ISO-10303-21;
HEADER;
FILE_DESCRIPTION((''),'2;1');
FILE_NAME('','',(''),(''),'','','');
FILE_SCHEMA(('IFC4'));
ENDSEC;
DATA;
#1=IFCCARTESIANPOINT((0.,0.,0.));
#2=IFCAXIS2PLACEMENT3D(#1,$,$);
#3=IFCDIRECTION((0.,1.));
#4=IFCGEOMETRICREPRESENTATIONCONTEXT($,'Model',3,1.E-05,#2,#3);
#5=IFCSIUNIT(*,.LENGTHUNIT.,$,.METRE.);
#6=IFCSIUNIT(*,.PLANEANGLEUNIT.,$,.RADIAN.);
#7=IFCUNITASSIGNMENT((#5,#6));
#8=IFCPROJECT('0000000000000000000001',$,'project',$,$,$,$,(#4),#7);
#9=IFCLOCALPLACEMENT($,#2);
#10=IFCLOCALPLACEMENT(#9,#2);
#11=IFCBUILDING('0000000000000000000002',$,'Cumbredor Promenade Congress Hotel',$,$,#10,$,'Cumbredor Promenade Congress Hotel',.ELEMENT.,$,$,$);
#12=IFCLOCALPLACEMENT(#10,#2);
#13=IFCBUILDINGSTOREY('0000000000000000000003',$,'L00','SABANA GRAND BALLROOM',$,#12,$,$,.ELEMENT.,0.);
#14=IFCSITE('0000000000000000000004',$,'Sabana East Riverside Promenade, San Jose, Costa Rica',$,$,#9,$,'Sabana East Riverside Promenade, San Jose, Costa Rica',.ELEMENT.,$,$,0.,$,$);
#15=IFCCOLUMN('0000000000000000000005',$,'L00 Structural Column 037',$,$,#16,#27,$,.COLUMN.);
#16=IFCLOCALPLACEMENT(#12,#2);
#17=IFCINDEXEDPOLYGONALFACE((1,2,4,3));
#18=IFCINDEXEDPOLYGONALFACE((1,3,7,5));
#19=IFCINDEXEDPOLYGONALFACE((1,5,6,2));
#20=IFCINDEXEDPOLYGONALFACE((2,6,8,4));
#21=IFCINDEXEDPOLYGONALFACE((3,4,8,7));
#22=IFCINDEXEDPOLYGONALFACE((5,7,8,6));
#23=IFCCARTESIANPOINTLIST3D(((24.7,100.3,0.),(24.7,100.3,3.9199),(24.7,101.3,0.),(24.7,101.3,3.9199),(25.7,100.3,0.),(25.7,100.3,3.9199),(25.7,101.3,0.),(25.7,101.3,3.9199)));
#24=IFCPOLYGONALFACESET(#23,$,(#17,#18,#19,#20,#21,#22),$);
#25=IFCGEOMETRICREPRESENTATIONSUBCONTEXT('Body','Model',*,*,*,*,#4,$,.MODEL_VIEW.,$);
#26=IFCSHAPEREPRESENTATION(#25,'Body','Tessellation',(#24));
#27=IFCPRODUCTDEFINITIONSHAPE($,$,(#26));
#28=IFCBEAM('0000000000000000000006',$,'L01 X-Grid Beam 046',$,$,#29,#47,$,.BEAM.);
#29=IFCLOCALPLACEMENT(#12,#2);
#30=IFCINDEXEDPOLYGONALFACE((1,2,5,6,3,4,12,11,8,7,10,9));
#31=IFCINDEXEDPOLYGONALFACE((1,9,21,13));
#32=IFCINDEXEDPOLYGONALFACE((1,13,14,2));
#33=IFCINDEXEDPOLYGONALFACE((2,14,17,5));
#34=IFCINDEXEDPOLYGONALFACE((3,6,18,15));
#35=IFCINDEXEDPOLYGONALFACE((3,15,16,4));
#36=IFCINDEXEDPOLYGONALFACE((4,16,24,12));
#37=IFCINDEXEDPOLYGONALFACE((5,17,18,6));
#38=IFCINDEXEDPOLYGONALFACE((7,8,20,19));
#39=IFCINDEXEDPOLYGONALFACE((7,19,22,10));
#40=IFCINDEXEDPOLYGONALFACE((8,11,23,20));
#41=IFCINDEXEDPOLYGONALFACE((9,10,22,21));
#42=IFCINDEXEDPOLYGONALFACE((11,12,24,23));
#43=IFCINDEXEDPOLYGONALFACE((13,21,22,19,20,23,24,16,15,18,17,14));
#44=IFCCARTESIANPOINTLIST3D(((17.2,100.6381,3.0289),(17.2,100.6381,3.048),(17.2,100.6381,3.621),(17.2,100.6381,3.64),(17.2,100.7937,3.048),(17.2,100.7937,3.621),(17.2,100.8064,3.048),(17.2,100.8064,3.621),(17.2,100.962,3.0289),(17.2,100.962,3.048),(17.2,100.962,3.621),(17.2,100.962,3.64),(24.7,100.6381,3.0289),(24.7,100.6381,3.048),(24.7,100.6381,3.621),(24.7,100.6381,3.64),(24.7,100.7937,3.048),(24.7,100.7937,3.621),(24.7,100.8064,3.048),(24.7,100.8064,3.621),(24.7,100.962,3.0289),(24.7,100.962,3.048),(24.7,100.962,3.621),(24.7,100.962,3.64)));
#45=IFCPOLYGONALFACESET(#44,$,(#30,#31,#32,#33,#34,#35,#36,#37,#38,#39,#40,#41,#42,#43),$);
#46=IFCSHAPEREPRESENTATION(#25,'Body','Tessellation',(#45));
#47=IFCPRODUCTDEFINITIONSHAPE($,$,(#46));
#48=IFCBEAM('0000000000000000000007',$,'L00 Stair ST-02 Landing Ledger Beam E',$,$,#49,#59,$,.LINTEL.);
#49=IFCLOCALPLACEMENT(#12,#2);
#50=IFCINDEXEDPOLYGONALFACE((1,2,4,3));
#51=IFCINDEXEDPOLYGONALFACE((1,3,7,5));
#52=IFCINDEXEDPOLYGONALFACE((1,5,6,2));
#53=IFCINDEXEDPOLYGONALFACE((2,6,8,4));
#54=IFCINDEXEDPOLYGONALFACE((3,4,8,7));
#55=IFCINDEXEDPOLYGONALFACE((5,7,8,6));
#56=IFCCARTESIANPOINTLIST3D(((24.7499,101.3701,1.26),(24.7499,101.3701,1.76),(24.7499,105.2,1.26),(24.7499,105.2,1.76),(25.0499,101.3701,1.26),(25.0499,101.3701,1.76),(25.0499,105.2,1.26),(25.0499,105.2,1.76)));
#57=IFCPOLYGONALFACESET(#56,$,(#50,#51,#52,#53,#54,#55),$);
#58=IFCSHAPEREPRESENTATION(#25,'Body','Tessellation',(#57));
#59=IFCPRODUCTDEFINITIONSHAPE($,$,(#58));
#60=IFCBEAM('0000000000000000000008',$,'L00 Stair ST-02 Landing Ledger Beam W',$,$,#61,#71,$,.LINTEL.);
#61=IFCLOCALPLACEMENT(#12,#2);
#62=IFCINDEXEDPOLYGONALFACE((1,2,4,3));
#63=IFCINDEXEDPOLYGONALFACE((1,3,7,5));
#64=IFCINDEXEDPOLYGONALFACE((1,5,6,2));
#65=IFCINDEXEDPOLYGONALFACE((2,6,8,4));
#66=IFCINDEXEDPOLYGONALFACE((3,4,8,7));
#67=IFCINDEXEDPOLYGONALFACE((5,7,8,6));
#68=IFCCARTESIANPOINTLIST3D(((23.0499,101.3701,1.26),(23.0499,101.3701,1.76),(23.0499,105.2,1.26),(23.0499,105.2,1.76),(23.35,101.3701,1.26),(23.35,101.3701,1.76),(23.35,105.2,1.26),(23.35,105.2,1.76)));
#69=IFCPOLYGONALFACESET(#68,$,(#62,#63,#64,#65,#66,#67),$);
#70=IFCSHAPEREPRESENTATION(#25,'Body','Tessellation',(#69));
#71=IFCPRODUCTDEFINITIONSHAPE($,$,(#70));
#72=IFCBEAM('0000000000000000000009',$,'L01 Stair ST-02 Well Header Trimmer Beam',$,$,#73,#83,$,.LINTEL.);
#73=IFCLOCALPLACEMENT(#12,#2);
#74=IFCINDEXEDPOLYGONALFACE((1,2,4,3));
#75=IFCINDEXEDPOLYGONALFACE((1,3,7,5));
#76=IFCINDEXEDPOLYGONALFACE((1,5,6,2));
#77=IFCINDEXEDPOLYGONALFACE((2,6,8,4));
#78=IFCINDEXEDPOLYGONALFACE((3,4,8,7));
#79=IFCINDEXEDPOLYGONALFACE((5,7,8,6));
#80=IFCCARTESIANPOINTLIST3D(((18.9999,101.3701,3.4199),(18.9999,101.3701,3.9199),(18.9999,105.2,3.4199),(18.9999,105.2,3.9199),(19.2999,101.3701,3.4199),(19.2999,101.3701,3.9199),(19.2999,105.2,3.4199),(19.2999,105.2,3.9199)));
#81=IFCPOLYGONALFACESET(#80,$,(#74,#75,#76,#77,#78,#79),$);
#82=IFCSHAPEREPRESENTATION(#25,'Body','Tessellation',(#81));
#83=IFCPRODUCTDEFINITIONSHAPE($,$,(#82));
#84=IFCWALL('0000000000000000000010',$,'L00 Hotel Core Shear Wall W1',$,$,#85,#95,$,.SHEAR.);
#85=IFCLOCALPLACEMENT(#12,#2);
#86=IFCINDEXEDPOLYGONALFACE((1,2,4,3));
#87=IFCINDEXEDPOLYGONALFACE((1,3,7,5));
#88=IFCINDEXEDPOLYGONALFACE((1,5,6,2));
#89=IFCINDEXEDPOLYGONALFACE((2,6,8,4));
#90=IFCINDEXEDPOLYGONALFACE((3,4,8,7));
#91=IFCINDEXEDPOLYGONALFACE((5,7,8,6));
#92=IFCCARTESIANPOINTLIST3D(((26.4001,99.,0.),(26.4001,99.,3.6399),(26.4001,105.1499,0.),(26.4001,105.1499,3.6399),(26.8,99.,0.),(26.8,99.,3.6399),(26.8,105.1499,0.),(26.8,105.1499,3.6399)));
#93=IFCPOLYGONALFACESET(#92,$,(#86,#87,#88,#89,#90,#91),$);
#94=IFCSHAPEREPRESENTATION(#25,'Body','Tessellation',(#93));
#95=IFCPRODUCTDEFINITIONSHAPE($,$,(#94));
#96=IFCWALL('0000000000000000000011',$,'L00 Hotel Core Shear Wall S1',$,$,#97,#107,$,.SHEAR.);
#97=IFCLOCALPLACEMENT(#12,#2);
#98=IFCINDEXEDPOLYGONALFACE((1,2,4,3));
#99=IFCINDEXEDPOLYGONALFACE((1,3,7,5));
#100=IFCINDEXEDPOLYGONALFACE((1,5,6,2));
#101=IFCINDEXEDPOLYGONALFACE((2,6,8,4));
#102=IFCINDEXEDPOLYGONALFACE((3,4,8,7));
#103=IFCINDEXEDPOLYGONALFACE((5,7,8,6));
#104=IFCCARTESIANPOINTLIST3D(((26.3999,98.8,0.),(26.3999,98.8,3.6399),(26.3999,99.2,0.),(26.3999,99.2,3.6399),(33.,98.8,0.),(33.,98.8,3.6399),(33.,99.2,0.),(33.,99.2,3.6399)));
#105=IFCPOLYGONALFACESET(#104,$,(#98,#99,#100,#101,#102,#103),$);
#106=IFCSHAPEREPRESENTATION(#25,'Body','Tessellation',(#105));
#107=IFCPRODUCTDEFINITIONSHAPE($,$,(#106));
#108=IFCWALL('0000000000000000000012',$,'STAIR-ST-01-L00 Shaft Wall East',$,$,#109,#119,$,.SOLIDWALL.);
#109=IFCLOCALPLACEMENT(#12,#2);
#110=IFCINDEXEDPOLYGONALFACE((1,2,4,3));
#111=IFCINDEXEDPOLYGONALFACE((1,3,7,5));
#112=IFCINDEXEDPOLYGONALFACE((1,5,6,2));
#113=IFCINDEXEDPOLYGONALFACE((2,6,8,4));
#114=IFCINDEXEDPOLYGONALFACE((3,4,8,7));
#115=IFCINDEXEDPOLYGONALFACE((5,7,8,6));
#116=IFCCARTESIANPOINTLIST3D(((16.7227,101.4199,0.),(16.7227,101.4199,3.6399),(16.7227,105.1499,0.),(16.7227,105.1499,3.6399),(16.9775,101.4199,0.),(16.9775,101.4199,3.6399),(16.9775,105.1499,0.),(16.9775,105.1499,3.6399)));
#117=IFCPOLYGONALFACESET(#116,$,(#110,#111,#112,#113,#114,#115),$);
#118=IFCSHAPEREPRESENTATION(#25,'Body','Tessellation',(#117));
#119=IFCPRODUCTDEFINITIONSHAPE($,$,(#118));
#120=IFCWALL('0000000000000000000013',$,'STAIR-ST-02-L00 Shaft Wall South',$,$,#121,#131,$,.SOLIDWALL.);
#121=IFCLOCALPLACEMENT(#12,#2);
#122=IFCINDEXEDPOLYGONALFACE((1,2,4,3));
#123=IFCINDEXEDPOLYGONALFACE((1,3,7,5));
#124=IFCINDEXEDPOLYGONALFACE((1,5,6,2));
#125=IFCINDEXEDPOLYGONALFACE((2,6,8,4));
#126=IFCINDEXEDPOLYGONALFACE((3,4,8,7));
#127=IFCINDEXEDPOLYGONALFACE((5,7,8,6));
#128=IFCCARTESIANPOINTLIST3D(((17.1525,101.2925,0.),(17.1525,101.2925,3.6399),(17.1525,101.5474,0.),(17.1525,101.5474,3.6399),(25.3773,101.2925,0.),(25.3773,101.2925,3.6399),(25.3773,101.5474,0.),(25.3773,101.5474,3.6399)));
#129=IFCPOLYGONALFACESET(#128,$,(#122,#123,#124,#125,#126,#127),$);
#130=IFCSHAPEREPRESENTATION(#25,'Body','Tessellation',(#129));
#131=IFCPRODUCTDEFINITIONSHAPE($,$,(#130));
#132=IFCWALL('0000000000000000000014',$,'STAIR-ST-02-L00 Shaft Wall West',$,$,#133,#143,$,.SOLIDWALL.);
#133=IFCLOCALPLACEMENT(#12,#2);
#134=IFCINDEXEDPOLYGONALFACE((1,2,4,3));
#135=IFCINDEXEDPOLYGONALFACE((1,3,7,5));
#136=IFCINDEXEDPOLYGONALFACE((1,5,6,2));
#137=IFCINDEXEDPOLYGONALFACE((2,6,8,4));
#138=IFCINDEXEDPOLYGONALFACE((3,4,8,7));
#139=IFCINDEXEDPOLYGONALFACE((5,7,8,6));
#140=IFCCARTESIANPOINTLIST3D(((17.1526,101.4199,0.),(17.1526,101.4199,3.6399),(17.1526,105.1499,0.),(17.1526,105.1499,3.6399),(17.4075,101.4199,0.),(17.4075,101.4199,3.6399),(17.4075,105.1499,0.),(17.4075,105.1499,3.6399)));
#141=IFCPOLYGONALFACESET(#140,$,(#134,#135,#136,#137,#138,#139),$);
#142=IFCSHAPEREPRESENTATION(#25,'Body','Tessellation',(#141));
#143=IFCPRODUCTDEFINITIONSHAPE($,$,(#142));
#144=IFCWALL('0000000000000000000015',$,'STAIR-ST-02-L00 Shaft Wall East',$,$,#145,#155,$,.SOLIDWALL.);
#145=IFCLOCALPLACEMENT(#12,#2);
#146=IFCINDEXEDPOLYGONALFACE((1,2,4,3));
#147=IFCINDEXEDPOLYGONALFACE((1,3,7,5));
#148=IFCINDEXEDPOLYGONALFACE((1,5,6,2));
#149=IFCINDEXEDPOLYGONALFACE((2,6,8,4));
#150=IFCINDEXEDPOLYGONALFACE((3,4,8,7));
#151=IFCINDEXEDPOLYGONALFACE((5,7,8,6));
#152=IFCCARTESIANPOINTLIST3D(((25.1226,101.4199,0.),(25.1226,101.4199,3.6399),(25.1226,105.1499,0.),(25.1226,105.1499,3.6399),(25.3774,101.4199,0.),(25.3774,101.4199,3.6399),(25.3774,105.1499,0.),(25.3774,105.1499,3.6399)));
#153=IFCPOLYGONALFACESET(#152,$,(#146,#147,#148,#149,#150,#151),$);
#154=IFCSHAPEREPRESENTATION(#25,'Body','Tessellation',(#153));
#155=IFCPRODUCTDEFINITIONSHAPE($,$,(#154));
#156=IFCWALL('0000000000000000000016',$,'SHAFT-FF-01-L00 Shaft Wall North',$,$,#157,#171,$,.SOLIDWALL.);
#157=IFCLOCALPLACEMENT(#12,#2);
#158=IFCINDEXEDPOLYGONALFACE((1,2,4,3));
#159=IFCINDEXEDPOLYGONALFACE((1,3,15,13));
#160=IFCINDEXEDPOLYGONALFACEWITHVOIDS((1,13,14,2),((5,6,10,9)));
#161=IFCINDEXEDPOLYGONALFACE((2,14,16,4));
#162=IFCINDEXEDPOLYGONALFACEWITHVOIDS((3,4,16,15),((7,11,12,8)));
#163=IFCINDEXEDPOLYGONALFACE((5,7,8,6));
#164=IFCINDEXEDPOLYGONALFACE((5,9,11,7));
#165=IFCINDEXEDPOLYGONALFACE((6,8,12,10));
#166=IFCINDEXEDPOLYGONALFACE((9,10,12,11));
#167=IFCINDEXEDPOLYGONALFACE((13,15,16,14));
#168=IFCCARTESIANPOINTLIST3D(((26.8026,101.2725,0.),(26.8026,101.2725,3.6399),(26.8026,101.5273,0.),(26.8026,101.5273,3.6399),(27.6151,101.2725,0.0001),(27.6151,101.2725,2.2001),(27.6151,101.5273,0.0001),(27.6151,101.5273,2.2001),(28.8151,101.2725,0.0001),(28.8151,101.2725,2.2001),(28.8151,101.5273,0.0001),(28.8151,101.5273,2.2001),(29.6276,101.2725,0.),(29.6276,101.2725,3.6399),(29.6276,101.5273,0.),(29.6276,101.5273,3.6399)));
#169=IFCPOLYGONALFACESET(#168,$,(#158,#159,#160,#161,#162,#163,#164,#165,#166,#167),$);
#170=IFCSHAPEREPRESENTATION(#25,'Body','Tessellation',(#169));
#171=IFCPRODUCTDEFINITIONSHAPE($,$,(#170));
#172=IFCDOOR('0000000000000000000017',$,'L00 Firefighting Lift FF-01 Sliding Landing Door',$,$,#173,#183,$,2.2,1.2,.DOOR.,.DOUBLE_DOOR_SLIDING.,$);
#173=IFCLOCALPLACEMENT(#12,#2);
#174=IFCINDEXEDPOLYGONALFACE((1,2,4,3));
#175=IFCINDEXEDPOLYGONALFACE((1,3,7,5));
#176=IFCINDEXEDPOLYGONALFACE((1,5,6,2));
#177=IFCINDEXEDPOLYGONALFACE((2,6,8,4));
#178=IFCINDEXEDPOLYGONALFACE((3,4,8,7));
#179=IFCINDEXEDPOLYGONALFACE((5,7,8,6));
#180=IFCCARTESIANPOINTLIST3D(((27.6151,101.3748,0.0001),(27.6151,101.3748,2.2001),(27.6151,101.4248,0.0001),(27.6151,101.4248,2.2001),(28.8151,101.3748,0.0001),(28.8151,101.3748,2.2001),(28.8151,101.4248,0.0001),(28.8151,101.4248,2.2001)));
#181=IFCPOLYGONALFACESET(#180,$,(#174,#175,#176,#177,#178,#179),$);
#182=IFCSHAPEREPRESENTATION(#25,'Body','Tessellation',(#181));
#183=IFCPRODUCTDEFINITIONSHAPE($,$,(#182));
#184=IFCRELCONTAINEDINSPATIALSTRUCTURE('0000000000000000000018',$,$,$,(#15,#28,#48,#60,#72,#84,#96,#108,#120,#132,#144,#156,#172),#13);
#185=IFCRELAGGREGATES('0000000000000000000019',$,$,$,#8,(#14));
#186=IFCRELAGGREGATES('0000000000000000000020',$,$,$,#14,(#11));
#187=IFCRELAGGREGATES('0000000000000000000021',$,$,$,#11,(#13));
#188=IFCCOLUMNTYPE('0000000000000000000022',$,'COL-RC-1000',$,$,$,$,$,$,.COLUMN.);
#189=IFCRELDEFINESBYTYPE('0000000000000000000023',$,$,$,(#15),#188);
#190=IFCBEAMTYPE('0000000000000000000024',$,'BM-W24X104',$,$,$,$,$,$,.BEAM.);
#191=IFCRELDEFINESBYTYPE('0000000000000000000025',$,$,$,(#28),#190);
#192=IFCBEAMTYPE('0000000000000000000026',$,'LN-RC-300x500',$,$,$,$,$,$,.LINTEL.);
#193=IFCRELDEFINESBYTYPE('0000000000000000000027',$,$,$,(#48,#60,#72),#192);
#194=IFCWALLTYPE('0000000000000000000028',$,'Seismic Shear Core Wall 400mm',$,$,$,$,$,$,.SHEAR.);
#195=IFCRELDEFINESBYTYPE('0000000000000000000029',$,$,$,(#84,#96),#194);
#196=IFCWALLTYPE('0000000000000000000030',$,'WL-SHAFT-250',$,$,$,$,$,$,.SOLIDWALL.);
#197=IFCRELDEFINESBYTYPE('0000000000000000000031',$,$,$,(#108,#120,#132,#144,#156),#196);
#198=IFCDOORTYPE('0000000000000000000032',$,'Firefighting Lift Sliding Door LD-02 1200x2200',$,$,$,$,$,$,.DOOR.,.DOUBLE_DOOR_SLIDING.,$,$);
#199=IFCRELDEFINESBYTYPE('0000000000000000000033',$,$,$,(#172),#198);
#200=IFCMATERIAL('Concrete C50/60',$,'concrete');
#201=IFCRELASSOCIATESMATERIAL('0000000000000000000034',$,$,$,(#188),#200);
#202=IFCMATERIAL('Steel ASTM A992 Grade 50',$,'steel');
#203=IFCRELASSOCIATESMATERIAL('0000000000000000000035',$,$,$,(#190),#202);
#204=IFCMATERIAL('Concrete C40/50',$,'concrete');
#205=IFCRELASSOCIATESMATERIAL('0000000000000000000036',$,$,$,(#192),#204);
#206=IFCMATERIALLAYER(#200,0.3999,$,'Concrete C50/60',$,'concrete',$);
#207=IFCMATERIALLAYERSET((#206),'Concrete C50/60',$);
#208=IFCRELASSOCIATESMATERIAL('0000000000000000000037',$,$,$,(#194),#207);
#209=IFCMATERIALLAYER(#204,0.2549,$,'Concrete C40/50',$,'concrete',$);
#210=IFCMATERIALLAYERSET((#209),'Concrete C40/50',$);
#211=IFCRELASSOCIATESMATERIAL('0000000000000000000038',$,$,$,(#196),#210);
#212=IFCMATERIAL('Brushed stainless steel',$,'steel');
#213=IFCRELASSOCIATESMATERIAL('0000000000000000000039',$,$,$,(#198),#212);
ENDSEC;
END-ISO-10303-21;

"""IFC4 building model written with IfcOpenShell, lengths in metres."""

from ifc_helpers import new_model, si_unit, direction, frame, frame_2d, origin, origin_2d, place, context, subcontext, project, spatial, rectangle, i_section, extrude, material, layer, layer_set, material_profile, profile_set, type_object, element, fill, save


model = new_model("IFC4")

# Units and contexts
model_context = context("Model", 3, precision=1e-05, world=origin(), true_north=direction((0.0, 1.0)))
body_context = subcontext(model_context, "Body", "Model", "MODEL_VIEW")
ifc_project = project(units=[si_unit("LENGTHUNIT", "METRE"), si_unit("PLANEANGLEUNIT", "RADIAN")], contexts=[model_context])

# Site, building, storey
site_placement = place(None, origin())
site = spatial("IfcSite", under=ifc_project, at=site_placement, Name="Sabana East Riverside Promenade, San Jose, Costa Rica", LongName="Sabana East Riverside Promenade, San Jose, Costa Rica", CompositionType="ELEMENT", RefElevation=0.0)
building_placement = place(site_placement, origin())
building = spatial("IfcBuilding", under=site, at=building_placement, Name="Cumbredor Promenade Congress Hotel", LongName="Cumbredor Promenade Congress Hotel", CompositionType="ELEMENT")
storey_placement = place(building_placement, origin())
storey = spatial("IfcBuildingStorey", under=building, at=storey_placement, Name="L00", Description="SABANA GRAND BALLROOM", CompositionType="ELEMENT", Elevation=0.0)

# Column
ifc_material_1 = material(Name="Concrete C50/60", Category="concrete")
ifc_material_profile_1 = material_profile(ifc_material_1, rectangle(XDim=1.0, YDim=1.0, at=origin_2d()), Name="RC 1000x1000")
ifc_profile_set_1 = profile_set([ifc_material_profile_1], Name="Concrete C50/60")
column_type = type_object("IfcColumnType", Name="COL-RC-1000", PredefinedType="COLUMN", material=ifc_profile_set_1)
column_placement = place(storey_placement, frame((25.2, 100.8, 0.0), z_axis=(0.0, 0.0, 1.0), x_axis=(1.0, 0.0, 0.0)))
element("IfcColumn", 1, at=column_placement, inside=storey, type_object=column_type, Name="L00 Structural Column 037", PredefinedType="COLUMN", context=body_context, shape_type="SweptSolid", body=[
    extrude(rectangle(XDim=1.0, YDim=1.0, at=origin_2d()), origin(), (0.0, 0.0, 1.0), 3.9199),
])

# Beams
ifc_material_2 = material(Name="Steel ASTM A992 Grade 50", Category="steel")
ifc_material_profile_2 = material_profile(ifc_material_2, i_section(OverallWidth=0.324, OverallDepth=0.6111, WebThickness=0.0127, FlangeThickness=0.019, at=origin_2d()), Name="W24X104")
ifc_profile_set_2 = profile_set([ifc_material_profile_2], Name="Steel ASTM A992 Grade 50")
beam_type_1 = type_object("IfcBeamType", Name="BM-W24X104", PredefinedType="BEAM", material=ifc_profile_set_2)
beam_placement = place(storey_placement, frame((17.2, 100.8, 3.3345), z_axis=(1.0, 0.0, 0.0), x_axis=(0.0, 1.0, 0.0)))
element("IfcBeam", 2, at=beam_placement, inside=storey, type_object=beam_type_1, Name="L01 X-Grid Beam 046", PredefinedType="BEAM", context=body_context, shape_type="SweptSolid", body=[
    extrude(i_section(OverallWidth=0.324, OverallDepth=0.6111, WebThickness=0.0127, FlangeThickness=0.019, at=origin_2d()), origin(), (0.0, 0.0, 1.0), 7.5),
])
ifc_material_3 = material(Name="Concrete C40/50", Category="concrete")
ifc_material_profile_3 = material_profile(ifc_material_3, rectangle(XDim=0.3, YDim=0.5, at=origin_2d()), Name="RC LINTEL 300x500")
ifc_profile_set_3 = profile_set([ifc_material_profile_3], Name="Concrete C40/50")
beam_type_2 = type_object("IfcBeamType", Name="LN-RC-300x500", PredefinedType="LINTEL", material=ifc_profile_set_3)
for number, where, z_axis, x_axis, name in (
    (3, (24.8999, 101.3701, 1.51), (0.0, 1.0, 0.0), (-1.0, 0.0, 0.0), "L00 Stair ST-02 Landing Ledger Beam E"),
    (4, (23.2, 101.3701, 1.51), (0.0, 1.0, 0.0), (-1.0, 0.0, 0.0), "L00 Stair ST-02 Landing Ledger Beam W"),
    (5, (19.1499, 101.3701, 3.6699), (0.0, 1.0, 0.0), (-1.0, 0.0, 0.0), "L01 Stair ST-02 Well Header Trimmer Beam"),
):
    element("IfcBeam", number, at=place(storey_placement, frame(where, z_axis=z_axis, x_axis=x_axis)), inside=storey, type_object=beam_type_2, Name=name, PredefinedType="LINTEL", context=body_context, shape_type="SweptSolid", body=[
        extrude(rectangle(XDim=0.3, YDim=0.5, at=origin_2d()), origin(), (0.0, 0.0, 1.0), 3.8298),
    ])

# Walls
ifc_layer_1 = layer(ifc_material_1, 0.3999, Name="Concrete C50/60", Category="concrete")
ifc_layer_set_1 = layer_set([ifc_layer_1], Name="Concrete C50/60")
wall_type_1 = type_object("IfcWallType", Name="Seismic Shear Core Wall 400mm", PredefinedType="SHEAR", material=ifc_layer_set_1)
wall_1_placement = place(storey_placement, frame((26.6001, 99.0, 0.0), z_axis=(0.0, 0.0, 1.0), x_axis=(0.0, 1.0, 0.0)))
element("IfcWall", 6, at=wall_1_placement, inside=storey, type_object=wall_type_1, Name="L00 Hotel Core Shear Wall W1", PredefinedType="SHEAR", context=body_context, shape_type="SweptSolid", body=[
    extrude(rectangle(XDim=6.1499, YDim=0.3999, at=frame_2d((3.075, 0.0))), origin(), (0.0, 0.0, 1.0), 3.6399),
])
wall_2_placement = place(storey_placement, frame((26.3999, 99.0, 0.0), z_axis=(0.0, 0.0, 1.0), x_axis=(1.0, 0.0, 0.0)))
element("IfcWall", 7, at=wall_2_placement, inside=storey, type_object=wall_type_1, Name="L00 Hotel Core Shear Wall S1", PredefinedType="SHEAR", context=body_context, shape_type="SweptSolid", body=[
    extrude(rectangle(XDim=6.6001, YDim=0.3999, at=frame_2d((3.3, 0.0))), origin(), (0.0, 0.0, 1.0), 3.6399),
])
ifc_layer_2 = layer(ifc_material_3, 0.2549, Name="Concrete C40/50", Category="concrete")
ifc_layer_set_2 = layer_set([ifc_layer_2], Name="Concrete C40/50")
wall_type_2 = type_object("IfcWallType", Name="WL-SHAFT-250", PredefinedType="SOLIDWALL", material=ifc_layer_set_2)
wall_3_placement = place(storey_placement, frame((16.8501, 101.4199, 0.0), z_axis=(0.0, 0.0, 1.0), x_axis=(0.0, 1.0, 0.0)))
element("IfcWall", 8, at=wall_3_placement, inside=storey, type_object=wall_type_2, Name="STAIR-ST-01-L00 Shaft Wall East", PredefinedType="SOLIDWALL", context=body_context, shape_type="SweptSolid", body=[
    extrude(rectangle(XDim=3.73, YDim=0.2549, at=frame_2d((1.865, 0.0))), origin(), (0.0, 0.0, 1.0), 3.6399),
])
wall_4_placement = place(storey_placement, frame((17.1526, 101.4199, 0.0), z_axis=(0.0, 0.0, 1.0), x_axis=(1.0, 0.0, 0.0)))
element("IfcWall", 9, at=wall_4_placement, inside=storey, type_object=wall_type_2, Name="STAIR-ST-02-L00 Shaft Wall South", PredefinedType="SOLIDWALL", context=body_context, shape_type="SweptSolid", body=[
    extrude(rectangle(XDim=8.2249, YDim=0.2549, at=frame_2d((4.1123, 0.0))), origin(), (0.0, 0.0, 1.0), 3.6399),
])
for number, where, z_axis, x_axis, name in (
    (10, (17.28, 101.4199, 0.0), (0.0, 0.0, 1.0), (0.0, 1.0, 0.0), "STAIR-ST-02-L00 Shaft Wall West"),
    (11, (25.25, 101.4199, 0.0), (0.0, 0.0, 1.0), (0.0, 1.0, 0.0), "STAIR-ST-02-L00 Shaft Wall East"),
):
    element("IfcWall", number, at=place(storey_placement, frame(where, z_axis=z_axis, x_axis=x_axis)), inside=storey, type_object=wall_type_2, Name=name, PredefinedType="SOLIDWALL", context=body_context, shape_type="SweptSolid", body=[
        extrude(rectangle(XDim=3.73, YDim=0.2549, at=frame_2d((1.865, 0.0))), origin(), (0.0, 0.0, 1.0), 3.6399),
    ])

# Wall, opening, door
wall_5_placement = place(storey_placement, frame((26.8025, 101.3999, 0.0), z_axis=(0.0, 0.0, 1.0), x_axis=(1.0, 0.0, 0.0)))
wall_5 = element("IfcWall", 12, at=wall_5_placement, inside=storey, type_object=wall_type_2, Name="SHAFT-FF-01-L00 Shaft Wall North", PredefinedType="SOLIDWALL", context=body_context, shape_type="SweptSolid", body=[
    extrude(rectangle(XDim=2.825, YDim=0.2549, at=frame_2d((1.4126, 0.0))), origin(), (0.0, 0.0, 1.0), 3.6399),
])
opening_1_placement = place(wall_5_placement, frame((0.8125, 0.0, 0.0)))
opening_1 = element("IfcOpeningElement", 13, at=opening_1_placement, cuts=wall_5, PredefinedType="OPENING", context=body_context, shape_type="SweptSolid", body=[
    extrude(rectangle(XDim=1.2, YDim=2.2, at=frame_2d((0.6001, 1.1001))), frame((0.0, 0.1375, 0.0), z_axis=(0.0, -1.0, 0.0), x_axis=(1.0, 0.0, 0.0)), (0.0, 0.0, 1.0), 0.2749),
])
ifc_material_4 = material(Name="Brushed stainless steel", Category="steel")
door_type = type_object("IfcDoorType", Name="Firefighting Lift Sliding Door LD-02 1200x2200", OperationType="DOUBLE_DOOR_SLIDING", PredefinedType="DOOR", material=ifc_material_4)
door_1_placement = place(opening_1_placement, origin())
door_1 = element("IfcDoor", 14, at=door_1_placement, inside=storey, type_object=door_type, Name="L00 Firefighting Lift FF-01 Sliding Landing Door", OperationType="DOUBLE_DOOR_SLIDING", OverallHeight=2.2, OverallWidth=1.2, PredefinedType="DOOR", context=body_context, shape_type="SweptSolid", body=[
    extrude(rectangle(XDim=1.2, YDim=2.2, at=frame_2d((0.6001, 1.1001))), frame((0.0, 0.0249, 0.0), z_axis=(0.0, -1.0, 0.0), x_axis=(1.0, 0.0, 0.0)), (0.0, 0.0, 1.0), 0.05),
])
fill(opening_1, door_1)

save(model, "model.ifc")
